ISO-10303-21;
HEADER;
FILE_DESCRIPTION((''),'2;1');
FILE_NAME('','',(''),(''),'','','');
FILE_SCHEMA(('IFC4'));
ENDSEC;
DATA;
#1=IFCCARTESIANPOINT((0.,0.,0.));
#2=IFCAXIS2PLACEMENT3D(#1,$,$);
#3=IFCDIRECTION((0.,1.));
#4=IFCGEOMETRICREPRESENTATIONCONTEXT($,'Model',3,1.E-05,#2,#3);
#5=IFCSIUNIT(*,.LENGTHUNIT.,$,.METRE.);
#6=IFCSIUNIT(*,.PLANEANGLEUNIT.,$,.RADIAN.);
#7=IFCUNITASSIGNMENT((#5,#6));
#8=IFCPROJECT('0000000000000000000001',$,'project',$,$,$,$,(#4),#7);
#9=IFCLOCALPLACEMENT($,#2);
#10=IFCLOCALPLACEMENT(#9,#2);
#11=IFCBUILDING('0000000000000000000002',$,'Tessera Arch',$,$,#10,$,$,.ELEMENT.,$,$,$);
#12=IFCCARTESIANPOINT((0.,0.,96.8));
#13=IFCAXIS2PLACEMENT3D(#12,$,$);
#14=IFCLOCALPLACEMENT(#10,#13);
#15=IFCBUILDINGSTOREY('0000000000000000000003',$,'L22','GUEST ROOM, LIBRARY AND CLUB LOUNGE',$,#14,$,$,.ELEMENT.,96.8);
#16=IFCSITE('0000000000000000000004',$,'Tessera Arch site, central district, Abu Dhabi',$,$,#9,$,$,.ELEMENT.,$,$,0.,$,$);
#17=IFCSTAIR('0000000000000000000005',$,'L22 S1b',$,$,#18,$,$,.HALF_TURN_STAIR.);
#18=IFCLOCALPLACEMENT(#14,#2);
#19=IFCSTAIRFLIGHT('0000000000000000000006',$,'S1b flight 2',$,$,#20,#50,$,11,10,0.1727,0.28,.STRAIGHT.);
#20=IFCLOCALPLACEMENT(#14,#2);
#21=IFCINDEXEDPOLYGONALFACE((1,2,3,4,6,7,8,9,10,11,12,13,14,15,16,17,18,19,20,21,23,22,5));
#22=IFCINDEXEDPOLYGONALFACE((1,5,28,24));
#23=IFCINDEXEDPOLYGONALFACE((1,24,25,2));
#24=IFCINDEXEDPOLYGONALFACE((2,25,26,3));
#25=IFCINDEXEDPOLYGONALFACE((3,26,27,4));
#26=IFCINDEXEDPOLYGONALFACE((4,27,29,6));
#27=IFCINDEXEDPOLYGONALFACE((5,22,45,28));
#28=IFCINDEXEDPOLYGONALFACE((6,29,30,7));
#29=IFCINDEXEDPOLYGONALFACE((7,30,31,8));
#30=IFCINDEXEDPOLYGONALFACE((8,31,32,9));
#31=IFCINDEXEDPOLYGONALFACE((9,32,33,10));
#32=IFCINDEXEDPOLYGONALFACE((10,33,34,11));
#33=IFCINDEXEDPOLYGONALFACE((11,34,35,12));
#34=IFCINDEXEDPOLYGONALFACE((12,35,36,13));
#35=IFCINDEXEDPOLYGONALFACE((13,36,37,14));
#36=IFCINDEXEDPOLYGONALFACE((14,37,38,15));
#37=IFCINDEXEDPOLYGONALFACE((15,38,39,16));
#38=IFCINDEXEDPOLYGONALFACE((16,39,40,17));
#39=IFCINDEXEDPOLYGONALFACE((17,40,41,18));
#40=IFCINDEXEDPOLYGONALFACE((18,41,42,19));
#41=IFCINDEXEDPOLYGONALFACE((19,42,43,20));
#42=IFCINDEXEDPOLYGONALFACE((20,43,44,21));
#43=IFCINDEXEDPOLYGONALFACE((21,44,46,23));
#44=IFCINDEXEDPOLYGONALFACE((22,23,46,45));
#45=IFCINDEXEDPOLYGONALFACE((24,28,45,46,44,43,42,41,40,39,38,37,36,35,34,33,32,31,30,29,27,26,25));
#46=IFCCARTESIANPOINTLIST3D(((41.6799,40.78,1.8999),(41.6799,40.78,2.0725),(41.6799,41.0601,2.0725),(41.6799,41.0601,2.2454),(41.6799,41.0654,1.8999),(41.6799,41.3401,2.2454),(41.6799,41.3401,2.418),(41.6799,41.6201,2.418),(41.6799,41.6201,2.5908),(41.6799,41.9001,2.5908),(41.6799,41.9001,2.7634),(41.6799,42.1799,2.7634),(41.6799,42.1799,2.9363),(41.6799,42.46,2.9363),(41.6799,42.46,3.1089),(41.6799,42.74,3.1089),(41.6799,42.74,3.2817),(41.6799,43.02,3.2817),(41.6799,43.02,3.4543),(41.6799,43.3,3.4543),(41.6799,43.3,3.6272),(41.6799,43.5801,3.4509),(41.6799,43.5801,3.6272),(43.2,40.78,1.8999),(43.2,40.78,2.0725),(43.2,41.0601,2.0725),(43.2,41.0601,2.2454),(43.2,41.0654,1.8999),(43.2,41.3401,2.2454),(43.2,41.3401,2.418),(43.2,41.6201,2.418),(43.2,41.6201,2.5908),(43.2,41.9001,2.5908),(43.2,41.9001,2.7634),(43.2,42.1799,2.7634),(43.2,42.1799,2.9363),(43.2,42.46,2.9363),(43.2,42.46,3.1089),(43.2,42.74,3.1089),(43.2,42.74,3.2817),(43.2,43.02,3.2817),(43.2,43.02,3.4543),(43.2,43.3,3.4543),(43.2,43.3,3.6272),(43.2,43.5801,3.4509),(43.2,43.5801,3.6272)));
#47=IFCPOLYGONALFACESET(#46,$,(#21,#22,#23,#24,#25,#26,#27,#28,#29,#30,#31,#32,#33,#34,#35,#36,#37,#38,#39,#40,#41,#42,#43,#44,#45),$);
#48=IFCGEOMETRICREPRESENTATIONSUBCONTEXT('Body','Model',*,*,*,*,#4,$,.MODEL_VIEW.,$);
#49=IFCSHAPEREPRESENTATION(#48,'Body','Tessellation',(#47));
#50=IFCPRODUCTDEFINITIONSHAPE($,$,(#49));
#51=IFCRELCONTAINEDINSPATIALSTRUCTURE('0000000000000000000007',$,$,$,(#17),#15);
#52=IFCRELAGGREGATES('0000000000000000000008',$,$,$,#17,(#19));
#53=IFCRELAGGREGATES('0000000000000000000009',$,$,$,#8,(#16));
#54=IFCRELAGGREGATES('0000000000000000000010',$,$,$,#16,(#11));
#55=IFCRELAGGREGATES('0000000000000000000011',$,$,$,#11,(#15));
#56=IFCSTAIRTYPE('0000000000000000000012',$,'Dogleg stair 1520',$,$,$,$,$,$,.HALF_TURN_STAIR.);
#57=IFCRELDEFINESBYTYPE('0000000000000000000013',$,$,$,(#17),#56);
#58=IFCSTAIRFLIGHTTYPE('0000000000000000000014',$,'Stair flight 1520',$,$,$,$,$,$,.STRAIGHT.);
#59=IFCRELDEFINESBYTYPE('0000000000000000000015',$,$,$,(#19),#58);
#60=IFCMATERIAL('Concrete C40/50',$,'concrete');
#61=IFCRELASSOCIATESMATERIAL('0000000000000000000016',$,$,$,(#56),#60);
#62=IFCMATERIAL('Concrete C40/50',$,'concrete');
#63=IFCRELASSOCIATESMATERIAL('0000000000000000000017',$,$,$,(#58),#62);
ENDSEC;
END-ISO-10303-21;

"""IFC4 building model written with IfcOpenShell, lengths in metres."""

from ifc_helpers import new_model, si_unit, direction, frame, origin, place, context, subcontext, project, spatial, polyline, outline, extrude, material, type_object, element, aggregate, save


model = new_model("IFC4")

# Units and contexts
model_context = context("Model", 3, precision=1e-05, world=origin(), true_north=direction((0.0, 1.0)))
body_context = subcontext(model_context, "Body", "Model", "MODEL_VIEW")
ifc_project = project(units=[si_unit("LENGTHUNIT", "METRE"), si_unit("PLANEANGLEUNIT", "RADIAN")], contexts=[model_context])

# Site, building, storey
site_placement = place(None, origin())
site = spatial("IfcSite", under=ifc_project, at=site_placement, Name="Tessera Arch site, central district, Abu Dhabi", CompositionType="ELEMENT", RefElevation=0.0)
building_placement = place(site_placement, origin())
building = spatial("IfcBuilding", under=site, at=building_placement, Name="Tessera Arch", CompositionType="ELEMENT")
storey_placement = place(building_placement, frame((0.0, 0.0, 96.8)))
storey = spatial("IfcBuildingStorey", under=building, at=storey_placement, Name="L22", Description="GUEST ROOM, LIBRARY AND CLUB LOUNGE", CompositionType="ELEMENT", Elevation=96.8)

# Stair, stair flight
ifc_material_1 = material(Name="Concrete C40/50", Category="concrete")
stair_type = type_object("IfcStairType", Name="Dogleg stair 1520", PredefinedType="HALF_TURN_STAIR", material=ifc_material_1)
ifc_material_2 = material(Name="Concrete C40/50", Category="concrete")
stair_flight_type = type_object("IfcStairFlightType", Name="Stair flight 1520", PredefinedType="STRAIGHT", material=ifc_material_2)
stair_1_placement = place(storey_placement, origin())
stair_1 = element("IfcStair", 1, at=stair_1_placement, inside=storey, type_object=stair_type, Name="L22 S1b", PredefinedType="HALF_TURN_STAIR")
stair_flight_1_placement = place(storey_placement, frame((42.4399, 40.78, 1.8999), z_axis=(0.0, 0.0, 1.0), x_axis=(0.0, 1.0, 0.0)))
stair_flight_1 = element("IfcStairFlight", 2, at=stair_flight_1_placement, type_object=stair_flight_type, Name="S1b flight 2", NumberOfRisers=11, NumberOfTreads=10, PredefinedType="STRAIGHT", RiserHeight=0.1727, TreadLength=0.28, context=body_context, shape_type="SweptSolid", body=[
    extrude(outline(polyline([(0.0, 0.0), (0.0, 0.1726), (0.28, 0.1726), (0.28, 0.3455), (0.5601, 0.3455), (0.5601, 0.5181), (0.8401, 0.5181), (0.8401, 0.6909), (1.1201, 0.6909), (1.1201, 0.8635), (1.3999, 0.8635), (1.3999, 1.0364), (1.6799, 1.0364), (1.6799, 1.209), (1.96, 1.209), (1.96, 1.3818), (2.24, 1.3818), (2.24, 1.5544), (2.52, 1.5544), (2.52, 1.7273), (2.8, 1.7273), (2.8, 1.8999), (2.8, 1.551), (0.2854, 0.0), (0.0, 0.0)])), frame((0.0, 0.76, 0.0), z_axis=(0.0, -1.0, 0.0), x_axis=(1.0, 0.0, 0.0)), (0.0, 0.0, 1.0), 1.52),
])
aggregate(stair_1, [stair_flight_1])

save(model, "model.ifc")
